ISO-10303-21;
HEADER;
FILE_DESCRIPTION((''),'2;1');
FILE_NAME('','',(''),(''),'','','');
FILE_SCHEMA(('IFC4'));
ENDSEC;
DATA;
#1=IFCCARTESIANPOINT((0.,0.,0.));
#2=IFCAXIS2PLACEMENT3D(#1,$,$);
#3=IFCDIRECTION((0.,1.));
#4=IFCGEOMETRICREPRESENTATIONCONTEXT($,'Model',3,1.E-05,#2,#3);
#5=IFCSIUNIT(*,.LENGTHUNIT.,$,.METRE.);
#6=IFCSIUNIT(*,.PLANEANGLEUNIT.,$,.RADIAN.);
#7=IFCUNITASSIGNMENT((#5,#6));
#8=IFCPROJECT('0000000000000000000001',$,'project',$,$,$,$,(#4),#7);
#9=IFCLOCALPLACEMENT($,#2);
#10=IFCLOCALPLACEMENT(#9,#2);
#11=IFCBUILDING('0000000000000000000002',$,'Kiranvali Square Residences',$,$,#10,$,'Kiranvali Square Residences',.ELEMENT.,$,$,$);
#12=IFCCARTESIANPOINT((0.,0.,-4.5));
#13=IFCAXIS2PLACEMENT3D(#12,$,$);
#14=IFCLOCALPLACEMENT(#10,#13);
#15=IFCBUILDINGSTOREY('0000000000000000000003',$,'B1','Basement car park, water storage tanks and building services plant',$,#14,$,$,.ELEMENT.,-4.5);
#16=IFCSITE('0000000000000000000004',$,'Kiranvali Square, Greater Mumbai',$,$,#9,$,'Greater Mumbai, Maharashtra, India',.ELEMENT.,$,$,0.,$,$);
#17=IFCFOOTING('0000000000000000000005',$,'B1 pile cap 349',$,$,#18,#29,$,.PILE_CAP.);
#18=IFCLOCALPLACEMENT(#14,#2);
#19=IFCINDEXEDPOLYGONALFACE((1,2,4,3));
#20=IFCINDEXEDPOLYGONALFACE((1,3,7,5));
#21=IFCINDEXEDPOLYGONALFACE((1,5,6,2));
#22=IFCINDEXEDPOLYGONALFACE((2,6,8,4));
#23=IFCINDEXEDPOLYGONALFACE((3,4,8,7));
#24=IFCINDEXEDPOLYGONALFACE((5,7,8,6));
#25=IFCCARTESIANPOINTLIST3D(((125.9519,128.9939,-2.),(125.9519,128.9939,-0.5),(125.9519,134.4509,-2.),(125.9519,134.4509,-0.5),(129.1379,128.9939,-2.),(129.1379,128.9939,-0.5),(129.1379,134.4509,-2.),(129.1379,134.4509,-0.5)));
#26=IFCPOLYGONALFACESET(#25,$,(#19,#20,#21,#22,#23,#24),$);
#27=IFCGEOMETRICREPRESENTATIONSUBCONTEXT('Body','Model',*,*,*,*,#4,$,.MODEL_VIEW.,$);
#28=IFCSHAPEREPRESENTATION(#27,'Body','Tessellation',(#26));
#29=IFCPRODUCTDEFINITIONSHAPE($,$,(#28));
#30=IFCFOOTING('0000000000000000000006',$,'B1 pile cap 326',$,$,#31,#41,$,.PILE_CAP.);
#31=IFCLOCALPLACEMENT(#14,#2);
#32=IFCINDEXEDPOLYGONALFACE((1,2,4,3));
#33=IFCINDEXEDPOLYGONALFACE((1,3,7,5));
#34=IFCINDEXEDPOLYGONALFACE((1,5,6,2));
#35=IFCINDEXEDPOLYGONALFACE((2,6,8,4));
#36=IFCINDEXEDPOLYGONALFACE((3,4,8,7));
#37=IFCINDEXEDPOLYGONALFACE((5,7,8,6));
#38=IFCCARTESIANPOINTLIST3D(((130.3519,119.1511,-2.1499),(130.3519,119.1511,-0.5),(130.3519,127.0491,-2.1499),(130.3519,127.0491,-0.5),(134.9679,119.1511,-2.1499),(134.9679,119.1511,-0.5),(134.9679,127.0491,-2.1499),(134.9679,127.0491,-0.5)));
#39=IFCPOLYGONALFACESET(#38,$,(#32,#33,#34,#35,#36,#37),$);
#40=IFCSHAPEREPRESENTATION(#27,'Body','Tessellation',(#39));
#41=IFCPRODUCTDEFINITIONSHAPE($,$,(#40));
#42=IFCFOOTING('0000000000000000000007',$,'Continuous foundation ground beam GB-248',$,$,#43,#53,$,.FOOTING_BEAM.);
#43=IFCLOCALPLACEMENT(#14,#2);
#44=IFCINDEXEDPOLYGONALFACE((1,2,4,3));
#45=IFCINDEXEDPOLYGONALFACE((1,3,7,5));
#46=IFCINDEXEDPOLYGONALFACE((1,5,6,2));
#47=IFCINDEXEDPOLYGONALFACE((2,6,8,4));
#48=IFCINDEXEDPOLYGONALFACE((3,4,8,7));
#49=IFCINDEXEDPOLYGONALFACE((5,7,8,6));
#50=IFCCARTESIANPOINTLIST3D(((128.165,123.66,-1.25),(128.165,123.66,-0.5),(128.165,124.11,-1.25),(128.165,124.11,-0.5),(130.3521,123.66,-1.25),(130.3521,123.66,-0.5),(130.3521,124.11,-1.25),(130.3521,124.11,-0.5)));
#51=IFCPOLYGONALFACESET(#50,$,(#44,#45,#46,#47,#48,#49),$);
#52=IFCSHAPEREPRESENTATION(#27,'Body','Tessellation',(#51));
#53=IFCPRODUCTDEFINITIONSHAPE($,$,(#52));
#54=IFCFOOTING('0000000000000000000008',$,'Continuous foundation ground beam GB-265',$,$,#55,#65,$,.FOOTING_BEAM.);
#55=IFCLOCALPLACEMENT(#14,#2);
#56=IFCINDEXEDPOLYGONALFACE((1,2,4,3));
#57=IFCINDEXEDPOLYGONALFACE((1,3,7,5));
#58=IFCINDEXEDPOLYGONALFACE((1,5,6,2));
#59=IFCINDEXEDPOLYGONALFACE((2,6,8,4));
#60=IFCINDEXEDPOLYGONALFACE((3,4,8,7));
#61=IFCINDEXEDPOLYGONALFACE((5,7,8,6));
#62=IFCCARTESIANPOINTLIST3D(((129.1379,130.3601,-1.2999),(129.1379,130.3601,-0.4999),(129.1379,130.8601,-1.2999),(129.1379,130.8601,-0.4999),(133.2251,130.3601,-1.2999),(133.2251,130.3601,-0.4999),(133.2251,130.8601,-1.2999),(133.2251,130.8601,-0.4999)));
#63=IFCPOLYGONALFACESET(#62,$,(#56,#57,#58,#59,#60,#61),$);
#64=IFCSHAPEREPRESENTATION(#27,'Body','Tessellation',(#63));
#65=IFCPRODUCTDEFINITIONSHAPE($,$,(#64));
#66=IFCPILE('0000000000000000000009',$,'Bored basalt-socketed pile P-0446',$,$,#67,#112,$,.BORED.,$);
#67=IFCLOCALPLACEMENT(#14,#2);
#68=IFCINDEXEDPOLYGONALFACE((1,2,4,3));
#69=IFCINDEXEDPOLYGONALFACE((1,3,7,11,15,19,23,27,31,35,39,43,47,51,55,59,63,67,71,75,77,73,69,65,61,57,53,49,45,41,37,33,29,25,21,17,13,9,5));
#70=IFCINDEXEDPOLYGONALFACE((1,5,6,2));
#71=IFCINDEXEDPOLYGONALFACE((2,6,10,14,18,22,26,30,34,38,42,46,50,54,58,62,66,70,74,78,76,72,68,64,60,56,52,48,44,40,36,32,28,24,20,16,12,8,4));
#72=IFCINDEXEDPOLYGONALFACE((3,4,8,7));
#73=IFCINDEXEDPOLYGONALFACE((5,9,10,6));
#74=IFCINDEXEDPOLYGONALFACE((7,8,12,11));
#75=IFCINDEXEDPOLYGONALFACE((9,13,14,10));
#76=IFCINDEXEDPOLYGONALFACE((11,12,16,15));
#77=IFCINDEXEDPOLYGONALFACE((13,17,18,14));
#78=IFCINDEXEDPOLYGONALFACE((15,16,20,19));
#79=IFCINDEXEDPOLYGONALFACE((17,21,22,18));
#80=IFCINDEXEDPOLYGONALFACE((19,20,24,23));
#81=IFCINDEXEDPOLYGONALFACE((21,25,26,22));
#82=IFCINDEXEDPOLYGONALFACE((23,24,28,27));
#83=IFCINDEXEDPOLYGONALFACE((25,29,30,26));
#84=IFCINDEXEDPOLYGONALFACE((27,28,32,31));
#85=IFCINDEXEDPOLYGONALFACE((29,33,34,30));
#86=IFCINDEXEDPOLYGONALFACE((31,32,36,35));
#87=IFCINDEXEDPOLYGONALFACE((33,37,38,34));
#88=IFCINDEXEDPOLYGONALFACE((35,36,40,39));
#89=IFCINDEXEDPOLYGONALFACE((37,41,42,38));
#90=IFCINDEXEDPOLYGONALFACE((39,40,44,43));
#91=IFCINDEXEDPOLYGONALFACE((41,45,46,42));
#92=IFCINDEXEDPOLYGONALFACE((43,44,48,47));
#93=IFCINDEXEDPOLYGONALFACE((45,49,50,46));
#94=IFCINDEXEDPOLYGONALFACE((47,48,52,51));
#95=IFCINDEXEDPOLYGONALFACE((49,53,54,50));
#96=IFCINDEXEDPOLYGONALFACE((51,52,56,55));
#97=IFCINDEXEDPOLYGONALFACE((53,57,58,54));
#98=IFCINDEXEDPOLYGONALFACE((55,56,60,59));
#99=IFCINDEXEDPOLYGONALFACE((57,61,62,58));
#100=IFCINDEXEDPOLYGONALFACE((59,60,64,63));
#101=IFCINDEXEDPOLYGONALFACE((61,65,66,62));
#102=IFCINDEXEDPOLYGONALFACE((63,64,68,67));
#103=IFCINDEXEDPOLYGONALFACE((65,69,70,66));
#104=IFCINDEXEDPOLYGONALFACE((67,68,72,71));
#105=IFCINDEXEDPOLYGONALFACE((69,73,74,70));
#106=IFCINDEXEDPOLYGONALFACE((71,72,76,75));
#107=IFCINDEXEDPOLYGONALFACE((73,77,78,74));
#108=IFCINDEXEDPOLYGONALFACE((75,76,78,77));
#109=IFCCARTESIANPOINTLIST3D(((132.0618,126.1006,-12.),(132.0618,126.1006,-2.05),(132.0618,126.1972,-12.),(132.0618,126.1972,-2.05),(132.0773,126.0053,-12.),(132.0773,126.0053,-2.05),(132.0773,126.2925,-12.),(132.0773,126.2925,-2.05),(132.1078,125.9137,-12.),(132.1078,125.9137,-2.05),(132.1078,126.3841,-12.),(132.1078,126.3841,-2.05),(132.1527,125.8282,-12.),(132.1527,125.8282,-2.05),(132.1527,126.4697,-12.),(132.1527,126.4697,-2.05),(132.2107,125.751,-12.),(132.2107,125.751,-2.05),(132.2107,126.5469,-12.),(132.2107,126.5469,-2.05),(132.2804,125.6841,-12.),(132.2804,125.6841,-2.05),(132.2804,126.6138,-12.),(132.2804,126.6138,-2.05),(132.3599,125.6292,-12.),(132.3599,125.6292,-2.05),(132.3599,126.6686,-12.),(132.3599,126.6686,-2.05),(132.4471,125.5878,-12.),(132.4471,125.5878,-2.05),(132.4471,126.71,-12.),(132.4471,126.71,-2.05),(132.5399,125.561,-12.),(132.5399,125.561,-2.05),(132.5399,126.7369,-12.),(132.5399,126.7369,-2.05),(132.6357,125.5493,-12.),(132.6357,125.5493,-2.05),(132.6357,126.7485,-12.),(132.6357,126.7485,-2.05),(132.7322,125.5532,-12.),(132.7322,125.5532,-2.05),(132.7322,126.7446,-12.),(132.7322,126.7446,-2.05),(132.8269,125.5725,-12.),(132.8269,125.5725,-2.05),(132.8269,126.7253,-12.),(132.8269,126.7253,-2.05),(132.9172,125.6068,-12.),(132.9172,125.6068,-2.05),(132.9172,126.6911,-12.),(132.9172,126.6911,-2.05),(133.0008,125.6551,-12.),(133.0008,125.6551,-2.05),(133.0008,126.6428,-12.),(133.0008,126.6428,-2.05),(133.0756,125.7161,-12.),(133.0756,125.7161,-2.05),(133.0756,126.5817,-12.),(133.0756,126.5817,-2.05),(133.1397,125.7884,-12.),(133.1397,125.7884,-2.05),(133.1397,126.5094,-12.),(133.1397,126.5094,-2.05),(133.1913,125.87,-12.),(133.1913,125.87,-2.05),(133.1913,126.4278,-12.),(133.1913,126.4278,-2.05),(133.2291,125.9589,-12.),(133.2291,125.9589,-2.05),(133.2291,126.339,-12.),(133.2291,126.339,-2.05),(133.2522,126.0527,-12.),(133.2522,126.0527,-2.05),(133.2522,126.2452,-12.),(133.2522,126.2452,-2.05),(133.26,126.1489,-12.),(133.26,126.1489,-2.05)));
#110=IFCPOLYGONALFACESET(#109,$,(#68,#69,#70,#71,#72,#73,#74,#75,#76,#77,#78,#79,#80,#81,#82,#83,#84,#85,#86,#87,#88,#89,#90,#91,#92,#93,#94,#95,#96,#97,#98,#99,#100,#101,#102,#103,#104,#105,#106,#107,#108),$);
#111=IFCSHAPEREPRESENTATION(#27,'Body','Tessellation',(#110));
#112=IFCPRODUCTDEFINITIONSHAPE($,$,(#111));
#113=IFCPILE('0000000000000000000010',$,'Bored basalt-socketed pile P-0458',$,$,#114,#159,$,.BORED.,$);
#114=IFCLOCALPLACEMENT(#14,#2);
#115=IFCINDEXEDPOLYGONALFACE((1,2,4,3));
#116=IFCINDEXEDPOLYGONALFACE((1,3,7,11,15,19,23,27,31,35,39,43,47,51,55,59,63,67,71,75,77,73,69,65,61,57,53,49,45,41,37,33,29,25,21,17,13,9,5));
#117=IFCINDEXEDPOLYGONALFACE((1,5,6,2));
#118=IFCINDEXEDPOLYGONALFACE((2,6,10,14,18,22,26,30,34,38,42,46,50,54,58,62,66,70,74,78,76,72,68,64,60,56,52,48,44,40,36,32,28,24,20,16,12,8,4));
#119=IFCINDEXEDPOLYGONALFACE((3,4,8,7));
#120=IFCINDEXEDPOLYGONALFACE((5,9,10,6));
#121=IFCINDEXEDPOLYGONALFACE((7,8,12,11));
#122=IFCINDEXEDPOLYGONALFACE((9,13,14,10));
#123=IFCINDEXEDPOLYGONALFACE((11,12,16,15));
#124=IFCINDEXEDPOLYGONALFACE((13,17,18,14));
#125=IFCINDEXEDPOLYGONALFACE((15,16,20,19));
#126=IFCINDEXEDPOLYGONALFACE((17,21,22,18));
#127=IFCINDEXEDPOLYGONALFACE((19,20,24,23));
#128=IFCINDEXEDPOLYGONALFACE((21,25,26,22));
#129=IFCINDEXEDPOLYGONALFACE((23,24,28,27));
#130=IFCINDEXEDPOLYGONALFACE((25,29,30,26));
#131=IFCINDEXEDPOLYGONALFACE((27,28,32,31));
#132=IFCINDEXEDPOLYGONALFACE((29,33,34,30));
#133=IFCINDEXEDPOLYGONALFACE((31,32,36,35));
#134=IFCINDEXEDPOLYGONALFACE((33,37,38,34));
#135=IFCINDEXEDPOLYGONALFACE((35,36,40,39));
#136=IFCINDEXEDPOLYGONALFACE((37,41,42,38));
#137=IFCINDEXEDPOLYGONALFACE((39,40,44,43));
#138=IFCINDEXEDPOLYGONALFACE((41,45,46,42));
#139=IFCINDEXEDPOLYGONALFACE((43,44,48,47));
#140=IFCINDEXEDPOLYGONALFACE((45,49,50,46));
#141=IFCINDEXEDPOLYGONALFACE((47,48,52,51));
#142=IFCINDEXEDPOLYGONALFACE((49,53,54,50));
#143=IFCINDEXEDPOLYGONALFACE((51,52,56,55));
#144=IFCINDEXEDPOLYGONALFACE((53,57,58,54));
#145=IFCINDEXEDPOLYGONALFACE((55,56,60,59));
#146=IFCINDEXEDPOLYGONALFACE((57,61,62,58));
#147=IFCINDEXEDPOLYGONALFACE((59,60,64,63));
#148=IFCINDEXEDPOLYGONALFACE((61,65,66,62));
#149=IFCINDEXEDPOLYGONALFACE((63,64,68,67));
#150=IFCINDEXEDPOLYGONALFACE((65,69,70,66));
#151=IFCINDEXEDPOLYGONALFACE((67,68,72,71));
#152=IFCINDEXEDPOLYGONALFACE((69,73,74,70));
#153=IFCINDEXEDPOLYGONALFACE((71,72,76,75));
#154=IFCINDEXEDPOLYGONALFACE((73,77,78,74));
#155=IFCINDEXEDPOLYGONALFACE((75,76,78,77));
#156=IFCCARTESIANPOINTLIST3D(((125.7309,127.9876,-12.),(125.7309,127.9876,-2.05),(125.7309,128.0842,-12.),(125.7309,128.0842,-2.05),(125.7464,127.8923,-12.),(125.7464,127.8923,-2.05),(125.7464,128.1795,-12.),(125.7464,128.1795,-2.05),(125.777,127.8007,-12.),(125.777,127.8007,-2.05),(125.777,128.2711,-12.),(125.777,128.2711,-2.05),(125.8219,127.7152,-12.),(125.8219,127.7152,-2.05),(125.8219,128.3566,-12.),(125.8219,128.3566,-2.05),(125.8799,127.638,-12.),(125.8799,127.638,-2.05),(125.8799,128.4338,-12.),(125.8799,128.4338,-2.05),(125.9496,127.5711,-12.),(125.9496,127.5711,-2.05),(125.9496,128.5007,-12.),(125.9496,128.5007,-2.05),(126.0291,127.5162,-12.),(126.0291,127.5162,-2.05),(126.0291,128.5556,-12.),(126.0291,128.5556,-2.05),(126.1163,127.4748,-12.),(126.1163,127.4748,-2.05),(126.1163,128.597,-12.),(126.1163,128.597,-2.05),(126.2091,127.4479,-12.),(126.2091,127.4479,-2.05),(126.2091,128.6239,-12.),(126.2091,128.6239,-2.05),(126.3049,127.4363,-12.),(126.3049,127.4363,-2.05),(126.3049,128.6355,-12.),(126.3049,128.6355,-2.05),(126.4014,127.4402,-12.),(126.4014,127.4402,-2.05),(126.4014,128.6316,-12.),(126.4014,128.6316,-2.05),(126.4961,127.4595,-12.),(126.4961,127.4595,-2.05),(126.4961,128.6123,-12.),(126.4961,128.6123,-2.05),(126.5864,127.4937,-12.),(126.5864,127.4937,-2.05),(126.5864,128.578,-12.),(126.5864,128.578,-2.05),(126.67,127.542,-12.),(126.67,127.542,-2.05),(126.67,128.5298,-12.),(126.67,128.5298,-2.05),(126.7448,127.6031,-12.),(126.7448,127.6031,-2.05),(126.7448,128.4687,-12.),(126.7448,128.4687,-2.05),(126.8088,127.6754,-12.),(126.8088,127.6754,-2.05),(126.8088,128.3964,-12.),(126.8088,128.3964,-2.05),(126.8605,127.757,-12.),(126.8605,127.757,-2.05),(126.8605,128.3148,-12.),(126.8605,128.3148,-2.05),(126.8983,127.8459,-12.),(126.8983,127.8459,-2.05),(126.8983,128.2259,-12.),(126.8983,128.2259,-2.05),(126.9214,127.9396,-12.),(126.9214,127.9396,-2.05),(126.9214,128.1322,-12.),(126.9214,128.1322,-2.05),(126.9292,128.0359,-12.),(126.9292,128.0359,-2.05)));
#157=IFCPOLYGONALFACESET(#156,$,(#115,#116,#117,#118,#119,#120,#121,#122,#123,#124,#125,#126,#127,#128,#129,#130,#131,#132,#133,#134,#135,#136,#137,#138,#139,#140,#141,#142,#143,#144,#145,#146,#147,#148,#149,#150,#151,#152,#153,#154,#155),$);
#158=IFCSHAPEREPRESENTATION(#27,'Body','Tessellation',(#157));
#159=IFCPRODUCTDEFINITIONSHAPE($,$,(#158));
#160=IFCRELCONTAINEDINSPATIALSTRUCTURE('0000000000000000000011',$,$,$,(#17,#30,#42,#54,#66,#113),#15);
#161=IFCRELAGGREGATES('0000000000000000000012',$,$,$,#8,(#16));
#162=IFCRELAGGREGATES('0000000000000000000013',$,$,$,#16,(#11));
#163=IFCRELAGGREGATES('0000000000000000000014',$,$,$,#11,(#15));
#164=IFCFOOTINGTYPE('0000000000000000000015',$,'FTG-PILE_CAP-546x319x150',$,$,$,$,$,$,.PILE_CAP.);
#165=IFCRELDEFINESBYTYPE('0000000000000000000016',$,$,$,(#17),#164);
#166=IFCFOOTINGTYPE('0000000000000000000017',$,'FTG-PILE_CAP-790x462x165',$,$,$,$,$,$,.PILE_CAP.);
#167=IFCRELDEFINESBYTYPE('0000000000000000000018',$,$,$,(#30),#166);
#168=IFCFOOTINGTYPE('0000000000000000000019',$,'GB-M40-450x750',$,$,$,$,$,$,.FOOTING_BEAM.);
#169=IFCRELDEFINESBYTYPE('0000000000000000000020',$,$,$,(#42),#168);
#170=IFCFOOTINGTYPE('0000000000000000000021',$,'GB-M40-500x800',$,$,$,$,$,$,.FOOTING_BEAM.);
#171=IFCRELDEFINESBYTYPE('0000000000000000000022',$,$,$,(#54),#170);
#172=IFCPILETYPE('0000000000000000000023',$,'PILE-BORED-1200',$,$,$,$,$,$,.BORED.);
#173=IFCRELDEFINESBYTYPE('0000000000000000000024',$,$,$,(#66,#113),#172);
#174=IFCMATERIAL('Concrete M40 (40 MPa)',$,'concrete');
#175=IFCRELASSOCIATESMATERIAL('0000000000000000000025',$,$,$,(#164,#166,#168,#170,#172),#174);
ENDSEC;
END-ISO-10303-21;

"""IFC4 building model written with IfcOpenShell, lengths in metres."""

from ifc_helpers import new_model, si_unit, direction, frame, origin, origin_2d, place, context, subcontext, project, spatial, rectangle, circle, extrude, material, material_profile, profile_set, type_object, element, save


model = new_model("IFC4")

# Units and contexts
model_context = context("Model", 3, precision=1e-05, world=origin(), true_north=direction((0.0, 1.0)))
body_context = subcontext(model_context, "Body", "Model", "MODEL_VIEW")
ifc_project = project(units=[si_unit("LENGTHUNIT", "METRE"), si_unit("PLANEANGLEUNIT", "RADIAN")], contexts=[model_context])

# Site, building, storey
site_placement = place(None, origin())
site = spatial("IfcSite", under=ifc_project, at=site_placement, Name="Kiranvali Square, Greater Mumbai", LongName="Greater Mumbai, Maharashtra, India", CompositionType="ELEMENT", RefElevation=0.0)
building_placement = place(site_placement, origin())
building = spatial("IfcBuilding", under=site, at=building_placement, Name="Kiranvali Square Residences", LongName="Kiranvali Square Residences", CompositionType="ELEMENT")
storey_placement = place(building_placement, frame((0.0, 0.0, -4.5)))
storey = spatial("IfcBuildingStorey", under=building, at=storey_placement, Name="B1", Description="Basement car park, water storage tanks and building services plant", CompositionType="ELEMENT", Elevation=-4.5)

# Footings
ifc_material_1 = material(Name="Concrete M40 (40 MPa)", Category="concrete")
footing_type_1 = type_object("IfcFootingType", Name="FTG-PILE_CAP-546x319x150", PredefinedType="PILE_CAP", material=ifc_material_1)
footing_1_placement = place(storey_placement, frame((127.5449, 131.7224, -2.0), z_axis=(0.0, 0.0, 1.0), x_axis=(0.0, 1.0, 0.0)))
element("IfcFooting", 1, at=footing_1_placement, inside=storey, type_object=footing_type_1, Name="B1 pile cap 349", PredefinedType="PILE_CAP", context=body_context, shape_type="SweptSolid", body=[
    extrude(rectangle(XDim=5.457, YDim=3.186, at=origin_2d()), origin(), (0.0, 0.0, 1.0), 1.5),
])
footing_type_2 = type_object("IfcFootingType", Name="FTG-PILE_CAP-790x462x165", PredefinedType="PILE_CAP", material=ifc_material_1)
footing_2_placement = place(storey_placement, frame((132.6599, 123.1001, -2.1499), z_axis=(0.0, 0.0, 1.0), x_axis=(0.0, 1.0, 0.0)))
element("IfcFooting", 2, at=footing_2_placement, inside=storey, type_object=footing_type_2, Name="B1 pile cap 326", PredefinedType="PILE_CAP", context=body_context, shape_type="SweptSolid", body=[
    extrude(rectangle(XDim=7.8979, YDim=4.616, at=origin_2d()), origin(), (0.0, 0.0, 1.0), 1.6499),
])
ifc_material_profile_1 = material_profile(ifc_material_1, rectangle(XDim=0.45, YDim=0.75, at=origin_2d()), Name="GB 450x750")
ifc_profile_set_1 = profile_set([ifc_material_profile_1], Name="Concrete M40 (40 MPa)")
footing_type_3 = type_object("IfcFootingType", Name="GB-M40-450x750", PredefinedType="FOOTING_BEAM", material=ifc_profile_set_1)
footing_3_placement = place(storey_placement, frame((128.165, 123.885, -0.875), z_axis=(1.0, 0.0, 0.0), x_axis=(0.0, 1.0, 0.0)))
element("IfcFooting", 3, at=footing_3_placement, inside=storey, type_object=footing_type_3, Name="Continuous foundation ground beam GB-248", PredefinedType="FOOTING_BEAM", context=body_context, shape_type="SweptSolid", body=[
    extrude(rectangle(XDim=0.45, YDim=0.75, at=origin_2d()), origin(), (0.0, 0.0, 1.0), 2.187),
])
ifc_material_profile_2 = material_profile(ifc_material_1, rectangle(XDim=0.5, YDim=0.8, at=origin_2d()), Name="GB 500x800")
ifc_profile_set_2 = profile_set([ifc_material_profile_2], Name="Concrete M40 (40 MPa)")
footing_type_4 = type_object("IfcFootingType", Name="GB-M40-500x800", PredefinedType="FOOTING_BEAM", material=ifc_profile_set_2)
footing_4_placement = place(storey_placement, frame((129.1379, 130.6101, -0.8999), z_axis=(1.0, 0.0, 0.0), x_axis=(0.0, 1.0, 0.0)))
element("IfcFooting", 4, at=footing_4_placement, inside=storey, type_object=footing_type_4, Name="Continuous foundation ground beam GB-265", PredefinedType="FOOTING_BEAM", context=body_context, shape_type="SweptSolid", body=[
    extrude(rectangle(XDim=0.5, YDim=0.8, at=origin_2d()), origin(), (0.0, 0.0, 1.0), 4.0872),
])

# Piles
ifc_material_profile_3 = material_profile(ifc_material_1, circle(Radius=0.6001, at=origin_2d()), Name="BORED PILE 1200")
ifc_profile_set_3 = profile_set([ifc_material_profile_3], Name="Concrete M40 (40 MPa)")
pile_type = type_object("IfcPileType", Name="PILE-BORED-1200", PredefinedType="BORED", material=ifc_profile_set_3)
for number, where, z_axis, x_axis, name in (
    (5, (132.6599, 126.1489, -2.05), (0.0, 0.0, -1.0), (1.0, 0.0, 0.0), "Bored basalt-socketed pile P-0446"),
    (6, (126.3291, 128.0359, -2.05), (0.0, 0.0, -1.0), (1.0, 0.0, 0.0), "Bored basalt-socketed pile P-0458"),
):
    element("IfcPile", number, at=place(storey_placement, frame(where, z_axis=z_axis, x_axis=x_axis)), inside=storey, type_object=pile_type, Name=name, PredefinedType="BORED", context=body_context, shape_type="SweptSolid", body=[
        extrude(circle(Radius=0.6001, at=origin_2d()), origin(), (0.0, 0.0, 1.0), 9.95),
    ])

save(model, "model.ifc")
